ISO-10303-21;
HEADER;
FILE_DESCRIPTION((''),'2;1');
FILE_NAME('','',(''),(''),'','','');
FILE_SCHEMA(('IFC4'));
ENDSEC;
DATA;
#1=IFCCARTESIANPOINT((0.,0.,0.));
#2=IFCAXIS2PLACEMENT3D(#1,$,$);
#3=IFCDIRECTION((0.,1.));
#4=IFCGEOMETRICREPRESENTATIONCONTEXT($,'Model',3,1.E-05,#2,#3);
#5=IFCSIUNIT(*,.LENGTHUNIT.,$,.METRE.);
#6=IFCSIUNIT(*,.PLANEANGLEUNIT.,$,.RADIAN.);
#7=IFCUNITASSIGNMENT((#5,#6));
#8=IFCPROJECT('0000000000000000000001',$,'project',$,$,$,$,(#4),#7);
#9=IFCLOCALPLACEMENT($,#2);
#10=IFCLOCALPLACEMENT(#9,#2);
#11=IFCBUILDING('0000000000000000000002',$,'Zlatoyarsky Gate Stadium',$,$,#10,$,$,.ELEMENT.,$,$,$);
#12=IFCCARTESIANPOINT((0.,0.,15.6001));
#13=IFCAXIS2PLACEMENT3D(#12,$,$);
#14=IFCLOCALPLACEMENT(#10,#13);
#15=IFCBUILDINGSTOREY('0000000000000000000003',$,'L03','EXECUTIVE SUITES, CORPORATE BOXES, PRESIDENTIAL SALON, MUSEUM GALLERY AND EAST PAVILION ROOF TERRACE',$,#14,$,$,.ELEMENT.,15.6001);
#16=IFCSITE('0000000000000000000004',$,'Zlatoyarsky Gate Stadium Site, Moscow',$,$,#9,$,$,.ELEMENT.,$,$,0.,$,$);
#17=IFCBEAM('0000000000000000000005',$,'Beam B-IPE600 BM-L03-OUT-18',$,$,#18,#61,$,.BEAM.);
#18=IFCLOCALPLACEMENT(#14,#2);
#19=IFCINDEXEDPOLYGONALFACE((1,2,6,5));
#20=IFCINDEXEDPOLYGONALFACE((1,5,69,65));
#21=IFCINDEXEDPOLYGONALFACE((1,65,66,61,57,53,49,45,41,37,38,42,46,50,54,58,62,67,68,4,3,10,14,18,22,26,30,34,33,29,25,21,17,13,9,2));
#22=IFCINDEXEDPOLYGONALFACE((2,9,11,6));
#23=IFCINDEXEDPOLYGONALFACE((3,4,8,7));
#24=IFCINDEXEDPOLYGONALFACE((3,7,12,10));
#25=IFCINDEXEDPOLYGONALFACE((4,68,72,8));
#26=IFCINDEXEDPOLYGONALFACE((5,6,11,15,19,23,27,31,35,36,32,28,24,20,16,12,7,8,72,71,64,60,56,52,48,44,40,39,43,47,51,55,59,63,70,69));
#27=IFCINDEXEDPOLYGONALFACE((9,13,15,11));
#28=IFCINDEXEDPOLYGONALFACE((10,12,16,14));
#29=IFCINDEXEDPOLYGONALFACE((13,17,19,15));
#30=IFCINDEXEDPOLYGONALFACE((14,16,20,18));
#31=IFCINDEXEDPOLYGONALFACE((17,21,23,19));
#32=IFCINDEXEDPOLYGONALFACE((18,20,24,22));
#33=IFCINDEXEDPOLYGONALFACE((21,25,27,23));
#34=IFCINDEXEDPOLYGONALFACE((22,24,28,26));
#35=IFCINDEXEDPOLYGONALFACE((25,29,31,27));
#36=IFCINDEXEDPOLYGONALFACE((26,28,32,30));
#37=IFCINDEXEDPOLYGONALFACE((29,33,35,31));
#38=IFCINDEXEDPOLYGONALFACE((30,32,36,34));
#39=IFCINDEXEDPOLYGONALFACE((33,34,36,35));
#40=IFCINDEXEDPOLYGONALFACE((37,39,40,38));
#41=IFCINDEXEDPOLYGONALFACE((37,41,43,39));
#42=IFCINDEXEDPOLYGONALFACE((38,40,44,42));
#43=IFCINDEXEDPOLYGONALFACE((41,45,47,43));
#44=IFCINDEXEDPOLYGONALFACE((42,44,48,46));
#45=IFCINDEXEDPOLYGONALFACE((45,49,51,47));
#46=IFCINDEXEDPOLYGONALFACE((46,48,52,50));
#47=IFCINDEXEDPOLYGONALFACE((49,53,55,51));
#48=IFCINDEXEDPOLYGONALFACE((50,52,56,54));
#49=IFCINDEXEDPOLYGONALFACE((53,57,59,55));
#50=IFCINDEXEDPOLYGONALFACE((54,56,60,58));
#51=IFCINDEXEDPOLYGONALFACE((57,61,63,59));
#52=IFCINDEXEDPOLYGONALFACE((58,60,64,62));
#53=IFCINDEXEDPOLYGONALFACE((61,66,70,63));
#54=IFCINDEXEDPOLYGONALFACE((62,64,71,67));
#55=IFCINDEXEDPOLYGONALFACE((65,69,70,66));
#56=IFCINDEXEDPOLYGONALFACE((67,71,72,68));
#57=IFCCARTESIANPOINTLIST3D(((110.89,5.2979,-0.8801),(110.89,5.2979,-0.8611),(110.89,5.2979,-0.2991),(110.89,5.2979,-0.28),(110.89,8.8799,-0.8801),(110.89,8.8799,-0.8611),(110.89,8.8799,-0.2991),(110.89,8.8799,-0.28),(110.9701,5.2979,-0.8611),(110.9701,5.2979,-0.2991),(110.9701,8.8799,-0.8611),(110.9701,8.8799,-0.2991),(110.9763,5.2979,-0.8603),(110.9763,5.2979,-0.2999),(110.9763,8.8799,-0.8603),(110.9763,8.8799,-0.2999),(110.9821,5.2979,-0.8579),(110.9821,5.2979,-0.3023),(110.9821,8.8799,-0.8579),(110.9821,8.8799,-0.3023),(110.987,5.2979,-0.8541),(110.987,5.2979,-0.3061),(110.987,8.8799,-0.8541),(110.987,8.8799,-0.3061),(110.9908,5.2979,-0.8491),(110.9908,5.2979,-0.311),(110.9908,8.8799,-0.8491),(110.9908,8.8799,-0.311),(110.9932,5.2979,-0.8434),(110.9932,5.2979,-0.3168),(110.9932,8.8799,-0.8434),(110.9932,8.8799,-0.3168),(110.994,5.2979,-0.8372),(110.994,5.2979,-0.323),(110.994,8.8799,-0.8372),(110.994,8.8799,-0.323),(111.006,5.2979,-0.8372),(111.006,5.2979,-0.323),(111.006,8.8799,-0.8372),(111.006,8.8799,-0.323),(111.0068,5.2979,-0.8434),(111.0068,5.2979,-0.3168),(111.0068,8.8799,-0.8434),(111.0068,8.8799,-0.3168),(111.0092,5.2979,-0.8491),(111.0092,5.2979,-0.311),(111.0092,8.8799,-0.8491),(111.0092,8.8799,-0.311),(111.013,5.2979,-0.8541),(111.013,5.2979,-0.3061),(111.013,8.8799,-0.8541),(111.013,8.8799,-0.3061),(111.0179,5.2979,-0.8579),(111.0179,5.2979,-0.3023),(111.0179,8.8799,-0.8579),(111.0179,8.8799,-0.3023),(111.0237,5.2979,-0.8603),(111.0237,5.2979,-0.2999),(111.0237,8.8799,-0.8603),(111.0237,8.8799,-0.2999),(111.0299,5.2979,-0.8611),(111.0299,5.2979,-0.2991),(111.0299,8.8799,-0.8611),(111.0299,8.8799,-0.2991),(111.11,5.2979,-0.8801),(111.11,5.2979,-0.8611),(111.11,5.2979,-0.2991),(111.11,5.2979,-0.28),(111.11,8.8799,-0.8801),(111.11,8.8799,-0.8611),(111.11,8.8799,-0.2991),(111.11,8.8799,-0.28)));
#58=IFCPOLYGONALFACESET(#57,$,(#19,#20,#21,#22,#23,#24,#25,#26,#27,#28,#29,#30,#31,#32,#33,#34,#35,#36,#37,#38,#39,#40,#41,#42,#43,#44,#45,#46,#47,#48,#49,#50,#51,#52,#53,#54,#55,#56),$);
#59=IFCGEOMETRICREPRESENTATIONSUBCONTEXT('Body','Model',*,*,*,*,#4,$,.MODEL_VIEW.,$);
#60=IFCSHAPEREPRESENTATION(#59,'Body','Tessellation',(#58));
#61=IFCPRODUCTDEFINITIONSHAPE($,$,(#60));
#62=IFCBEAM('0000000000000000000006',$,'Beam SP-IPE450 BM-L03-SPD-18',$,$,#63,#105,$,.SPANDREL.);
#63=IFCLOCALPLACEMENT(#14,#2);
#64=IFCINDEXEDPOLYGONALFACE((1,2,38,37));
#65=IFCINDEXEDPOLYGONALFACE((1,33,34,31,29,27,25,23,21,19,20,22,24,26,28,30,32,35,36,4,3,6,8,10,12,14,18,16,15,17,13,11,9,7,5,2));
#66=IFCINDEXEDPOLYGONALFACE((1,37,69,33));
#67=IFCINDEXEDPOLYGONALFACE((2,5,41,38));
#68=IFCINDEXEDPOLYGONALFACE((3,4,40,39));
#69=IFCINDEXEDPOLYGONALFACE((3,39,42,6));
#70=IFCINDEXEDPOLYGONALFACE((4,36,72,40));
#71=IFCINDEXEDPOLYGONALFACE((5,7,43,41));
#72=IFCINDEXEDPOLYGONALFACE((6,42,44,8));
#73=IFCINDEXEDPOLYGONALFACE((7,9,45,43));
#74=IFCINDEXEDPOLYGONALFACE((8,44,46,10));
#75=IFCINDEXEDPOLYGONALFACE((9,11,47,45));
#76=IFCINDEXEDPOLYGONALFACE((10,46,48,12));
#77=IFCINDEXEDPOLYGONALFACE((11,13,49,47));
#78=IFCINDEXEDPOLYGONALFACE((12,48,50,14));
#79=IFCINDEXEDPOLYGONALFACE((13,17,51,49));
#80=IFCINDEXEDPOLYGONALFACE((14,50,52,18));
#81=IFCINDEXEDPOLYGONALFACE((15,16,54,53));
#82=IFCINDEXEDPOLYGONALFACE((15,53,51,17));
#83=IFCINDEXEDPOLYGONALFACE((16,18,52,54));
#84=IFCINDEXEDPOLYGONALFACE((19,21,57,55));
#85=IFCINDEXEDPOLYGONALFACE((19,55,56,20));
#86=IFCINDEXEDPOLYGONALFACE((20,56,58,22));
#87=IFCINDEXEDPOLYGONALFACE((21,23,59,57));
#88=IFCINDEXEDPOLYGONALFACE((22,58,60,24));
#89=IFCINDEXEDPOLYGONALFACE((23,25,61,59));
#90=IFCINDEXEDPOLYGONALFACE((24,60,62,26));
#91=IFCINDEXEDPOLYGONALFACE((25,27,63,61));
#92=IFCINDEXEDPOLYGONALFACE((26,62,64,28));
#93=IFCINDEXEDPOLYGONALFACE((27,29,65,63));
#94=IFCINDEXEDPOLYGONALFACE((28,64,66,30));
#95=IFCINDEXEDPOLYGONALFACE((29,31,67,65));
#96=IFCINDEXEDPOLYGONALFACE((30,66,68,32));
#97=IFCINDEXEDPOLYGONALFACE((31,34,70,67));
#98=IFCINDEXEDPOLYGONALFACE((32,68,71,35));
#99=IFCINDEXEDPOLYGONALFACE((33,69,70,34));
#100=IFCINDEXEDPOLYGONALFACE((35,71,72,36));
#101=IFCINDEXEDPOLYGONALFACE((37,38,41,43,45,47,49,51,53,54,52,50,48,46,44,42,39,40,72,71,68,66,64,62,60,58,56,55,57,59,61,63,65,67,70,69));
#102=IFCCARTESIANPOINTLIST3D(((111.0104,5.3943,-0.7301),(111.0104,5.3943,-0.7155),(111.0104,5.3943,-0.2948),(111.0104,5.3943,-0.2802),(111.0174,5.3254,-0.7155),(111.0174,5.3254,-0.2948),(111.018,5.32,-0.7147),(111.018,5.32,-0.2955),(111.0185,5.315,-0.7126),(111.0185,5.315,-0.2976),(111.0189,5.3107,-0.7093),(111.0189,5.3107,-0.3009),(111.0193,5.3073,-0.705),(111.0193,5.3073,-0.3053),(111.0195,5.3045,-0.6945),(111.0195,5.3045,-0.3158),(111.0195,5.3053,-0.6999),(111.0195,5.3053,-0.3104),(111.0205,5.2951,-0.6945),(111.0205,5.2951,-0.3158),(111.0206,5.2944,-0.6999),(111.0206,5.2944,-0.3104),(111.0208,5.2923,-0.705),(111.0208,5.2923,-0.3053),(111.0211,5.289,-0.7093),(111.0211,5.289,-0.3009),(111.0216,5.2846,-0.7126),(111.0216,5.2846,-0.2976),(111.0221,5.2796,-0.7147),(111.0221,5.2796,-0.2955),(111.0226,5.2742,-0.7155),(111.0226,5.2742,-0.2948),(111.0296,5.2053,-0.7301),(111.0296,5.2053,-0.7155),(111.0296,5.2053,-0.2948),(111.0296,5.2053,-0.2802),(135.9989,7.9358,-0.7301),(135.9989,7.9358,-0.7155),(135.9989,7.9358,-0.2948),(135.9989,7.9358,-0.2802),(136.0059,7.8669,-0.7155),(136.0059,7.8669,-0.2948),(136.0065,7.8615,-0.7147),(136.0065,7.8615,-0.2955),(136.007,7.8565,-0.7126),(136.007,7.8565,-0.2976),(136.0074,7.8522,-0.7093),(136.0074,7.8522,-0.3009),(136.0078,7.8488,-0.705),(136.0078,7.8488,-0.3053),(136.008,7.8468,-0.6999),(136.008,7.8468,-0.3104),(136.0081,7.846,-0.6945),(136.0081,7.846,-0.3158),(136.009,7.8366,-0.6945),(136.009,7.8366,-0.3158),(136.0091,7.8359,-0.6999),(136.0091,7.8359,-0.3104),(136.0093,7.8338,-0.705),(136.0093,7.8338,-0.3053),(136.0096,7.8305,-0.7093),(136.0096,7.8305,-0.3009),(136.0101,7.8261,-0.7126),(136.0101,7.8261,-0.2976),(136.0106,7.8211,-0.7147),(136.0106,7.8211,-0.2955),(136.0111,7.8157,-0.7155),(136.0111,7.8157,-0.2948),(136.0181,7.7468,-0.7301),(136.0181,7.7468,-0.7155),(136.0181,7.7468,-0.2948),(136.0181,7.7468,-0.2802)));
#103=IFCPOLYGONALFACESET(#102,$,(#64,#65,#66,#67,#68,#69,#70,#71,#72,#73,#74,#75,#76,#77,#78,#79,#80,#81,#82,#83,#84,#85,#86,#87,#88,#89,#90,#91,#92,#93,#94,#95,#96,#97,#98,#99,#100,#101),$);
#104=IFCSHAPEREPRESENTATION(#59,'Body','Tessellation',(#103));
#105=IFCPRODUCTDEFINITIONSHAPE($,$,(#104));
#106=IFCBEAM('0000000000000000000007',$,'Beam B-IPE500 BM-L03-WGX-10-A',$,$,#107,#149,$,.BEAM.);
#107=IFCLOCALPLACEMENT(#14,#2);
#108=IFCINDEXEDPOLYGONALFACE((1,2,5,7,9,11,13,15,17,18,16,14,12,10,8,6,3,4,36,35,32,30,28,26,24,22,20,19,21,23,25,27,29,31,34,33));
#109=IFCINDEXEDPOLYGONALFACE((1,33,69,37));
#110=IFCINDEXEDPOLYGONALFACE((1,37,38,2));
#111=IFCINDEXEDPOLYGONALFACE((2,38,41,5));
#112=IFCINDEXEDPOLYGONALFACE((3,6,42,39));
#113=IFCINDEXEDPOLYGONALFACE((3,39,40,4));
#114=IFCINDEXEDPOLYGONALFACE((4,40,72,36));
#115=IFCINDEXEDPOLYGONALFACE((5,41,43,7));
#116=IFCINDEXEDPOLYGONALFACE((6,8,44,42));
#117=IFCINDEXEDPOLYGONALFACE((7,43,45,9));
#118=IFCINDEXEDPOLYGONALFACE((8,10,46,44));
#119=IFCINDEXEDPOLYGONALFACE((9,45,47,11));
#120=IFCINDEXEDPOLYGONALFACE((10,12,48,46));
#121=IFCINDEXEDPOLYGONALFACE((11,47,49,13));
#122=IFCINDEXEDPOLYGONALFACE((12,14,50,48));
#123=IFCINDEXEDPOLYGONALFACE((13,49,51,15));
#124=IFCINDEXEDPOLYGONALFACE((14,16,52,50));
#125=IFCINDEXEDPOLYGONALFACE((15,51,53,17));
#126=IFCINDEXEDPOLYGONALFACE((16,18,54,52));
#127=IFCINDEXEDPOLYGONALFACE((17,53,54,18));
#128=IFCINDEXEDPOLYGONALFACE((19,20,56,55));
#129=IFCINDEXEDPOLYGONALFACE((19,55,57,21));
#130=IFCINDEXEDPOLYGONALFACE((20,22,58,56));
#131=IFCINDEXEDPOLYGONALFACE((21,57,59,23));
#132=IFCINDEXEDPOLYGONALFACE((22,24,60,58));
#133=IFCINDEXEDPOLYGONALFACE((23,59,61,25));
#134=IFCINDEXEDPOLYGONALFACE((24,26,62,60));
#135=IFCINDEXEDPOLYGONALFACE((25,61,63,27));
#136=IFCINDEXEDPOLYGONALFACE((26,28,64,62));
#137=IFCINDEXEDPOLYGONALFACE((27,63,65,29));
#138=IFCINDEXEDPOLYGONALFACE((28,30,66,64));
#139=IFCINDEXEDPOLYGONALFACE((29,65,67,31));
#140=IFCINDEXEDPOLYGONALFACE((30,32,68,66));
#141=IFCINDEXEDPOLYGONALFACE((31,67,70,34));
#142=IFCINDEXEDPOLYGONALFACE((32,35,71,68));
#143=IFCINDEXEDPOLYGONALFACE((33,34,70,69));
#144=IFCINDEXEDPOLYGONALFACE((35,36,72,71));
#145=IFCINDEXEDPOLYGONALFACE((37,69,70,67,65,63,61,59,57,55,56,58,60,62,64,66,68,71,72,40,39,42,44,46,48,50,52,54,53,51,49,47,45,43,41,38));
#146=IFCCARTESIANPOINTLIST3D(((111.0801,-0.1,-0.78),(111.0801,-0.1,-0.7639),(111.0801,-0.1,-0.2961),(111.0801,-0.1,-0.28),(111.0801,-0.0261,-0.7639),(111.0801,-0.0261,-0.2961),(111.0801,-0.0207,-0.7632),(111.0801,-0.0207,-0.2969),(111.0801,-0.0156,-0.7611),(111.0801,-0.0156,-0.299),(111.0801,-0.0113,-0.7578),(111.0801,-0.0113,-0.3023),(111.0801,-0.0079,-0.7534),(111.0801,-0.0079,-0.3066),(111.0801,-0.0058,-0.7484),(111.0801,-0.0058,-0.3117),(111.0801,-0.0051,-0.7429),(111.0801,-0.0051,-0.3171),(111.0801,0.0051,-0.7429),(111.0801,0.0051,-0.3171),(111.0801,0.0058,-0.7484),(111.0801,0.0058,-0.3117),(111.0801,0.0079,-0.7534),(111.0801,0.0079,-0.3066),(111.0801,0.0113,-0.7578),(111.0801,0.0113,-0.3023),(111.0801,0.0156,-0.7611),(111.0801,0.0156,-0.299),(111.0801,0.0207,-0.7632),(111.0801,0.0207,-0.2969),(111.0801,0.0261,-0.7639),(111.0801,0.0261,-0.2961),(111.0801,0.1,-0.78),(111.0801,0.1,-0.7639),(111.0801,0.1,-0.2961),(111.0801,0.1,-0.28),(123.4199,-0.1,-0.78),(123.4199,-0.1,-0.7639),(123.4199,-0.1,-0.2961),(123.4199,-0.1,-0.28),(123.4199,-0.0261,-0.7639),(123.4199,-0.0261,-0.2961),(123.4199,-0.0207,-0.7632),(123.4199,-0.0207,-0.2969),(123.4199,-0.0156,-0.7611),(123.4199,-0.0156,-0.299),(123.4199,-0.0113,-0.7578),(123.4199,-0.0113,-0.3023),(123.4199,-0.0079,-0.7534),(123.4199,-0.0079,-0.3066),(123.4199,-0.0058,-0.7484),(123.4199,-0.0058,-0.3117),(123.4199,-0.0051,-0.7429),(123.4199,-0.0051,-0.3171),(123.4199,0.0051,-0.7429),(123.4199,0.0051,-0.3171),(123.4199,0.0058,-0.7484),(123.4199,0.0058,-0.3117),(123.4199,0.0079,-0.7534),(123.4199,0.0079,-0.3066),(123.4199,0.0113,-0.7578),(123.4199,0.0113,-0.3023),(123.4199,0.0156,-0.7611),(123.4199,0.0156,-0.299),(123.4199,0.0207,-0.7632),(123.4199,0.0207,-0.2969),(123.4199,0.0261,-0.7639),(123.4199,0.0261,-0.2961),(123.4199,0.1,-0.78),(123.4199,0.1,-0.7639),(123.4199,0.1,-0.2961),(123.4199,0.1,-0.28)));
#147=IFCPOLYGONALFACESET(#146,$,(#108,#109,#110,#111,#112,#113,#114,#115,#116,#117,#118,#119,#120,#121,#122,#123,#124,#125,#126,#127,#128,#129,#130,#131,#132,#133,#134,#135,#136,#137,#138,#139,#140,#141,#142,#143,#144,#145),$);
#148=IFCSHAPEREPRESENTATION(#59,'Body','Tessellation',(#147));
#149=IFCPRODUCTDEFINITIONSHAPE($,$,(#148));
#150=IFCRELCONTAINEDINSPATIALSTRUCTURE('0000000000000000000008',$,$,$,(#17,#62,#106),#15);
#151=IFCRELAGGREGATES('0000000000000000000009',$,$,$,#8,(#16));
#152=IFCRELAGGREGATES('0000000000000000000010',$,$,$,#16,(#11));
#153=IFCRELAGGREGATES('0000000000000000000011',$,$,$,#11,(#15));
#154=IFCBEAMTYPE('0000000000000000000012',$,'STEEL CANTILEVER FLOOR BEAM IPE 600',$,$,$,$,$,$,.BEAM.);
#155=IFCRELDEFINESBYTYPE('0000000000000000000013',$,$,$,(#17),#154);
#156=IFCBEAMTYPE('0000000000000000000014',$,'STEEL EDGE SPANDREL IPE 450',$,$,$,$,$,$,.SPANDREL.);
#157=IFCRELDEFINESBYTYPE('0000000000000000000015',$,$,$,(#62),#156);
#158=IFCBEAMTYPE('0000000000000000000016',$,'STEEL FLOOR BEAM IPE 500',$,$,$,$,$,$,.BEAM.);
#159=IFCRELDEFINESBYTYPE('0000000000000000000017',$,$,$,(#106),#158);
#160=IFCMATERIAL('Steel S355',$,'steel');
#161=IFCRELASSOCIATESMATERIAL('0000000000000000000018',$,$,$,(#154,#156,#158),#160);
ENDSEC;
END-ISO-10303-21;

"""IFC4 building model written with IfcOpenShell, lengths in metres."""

from ifc_helpers import new_model, si_unit, direction, frame, origin, origin_2d, place, context, subcontext, project, spatial, i_section, extrude, material, material_profile, profile_set, type_object, element, save


model = new_model("IFC4")

# Units and contexts
model_context = context("Model", 3, precision=1e-05, world=origin(), true_north=direction((0.0, 1.0)))
body_context = subcontext(model_context, "Body", "Model", "MODEL_VIEW")
ifc_project = project(units=[si_unit("LENGTHUNIT", "METRE"), si_unit("PLANEANGLEUNIT", "RADIAN")], contexts=[model_context])

# Site, building, storey
site_placement = place(None, origin())
site = spatial("IfcSite", under=ifc_project, at=site_placement, Name="Zlatoyarsky Gate Stadium Site, Moscow", CompositionType="ELEMENT", RefElevation=0.0)
building_placement = place(site_placement, origin())
building = spatial("IfcBuilding", under=site, at=building_placement, Name="Zlatoyarsky Gate Stadium", CompositionType="ELEMENT")
storey_placement = place(building_placement, frame((0.0, 0.0, 15.6001)))
storey = spatial("IfcBuildingStorey", under=building, at=storey_placement, Name="L03", Description="EXECUTIVE SUITES, CORPORATE BOXES, PRESIDENTIAL SALON, MUSEUM GALLERY AND EAST PAVILION ROOF TERRACE", CompositionType="ELEMENT", Elevation=15.6001)

# Shared definitions
ifc_material_1 = material(Name="Steel S355", Category="steel")

# Beams
ifc_material_profile_1 = material_profile(ifc_material_1, i_section(OverallWidth=0.22, OverallDepth=0.6001, WebThickness=0.012, FlangeThickness=0.019, FilletRadius=0.0239, at=origin_2d()), Name="IPE 600")
ifc_profile_set_1 = profile_set([ifc_material_profile_1], Name="Steel S355")
beam_type_1 = type_object("IfcBeamType", Name="STEEL CANTILEVER FLOOR BEAM IPE 600", PredefinedType="BEAM", material=ifc_profile_set_1)
beam_1_placement = place(storey_placement, frame((111.0, 8.8799, -0.5801), z_axis=(0.0, -1.0, 0.0), x_axis=(1.0, 0.0, 0.0)))
element("IfcBeam", 1, at=beam_1_placement, inside=storey, type_object=beam_type_1, Name="Beam B-IPE600 BM-L03-OUT-18", PredefinedType="BEAM", context=body_context, shape_type="SweptSolid", body=[
    extrude(i_section(OverallWidth=0.22, OverallDepth=0.6001, WebThickness=0.012, FlangeThickness=0.019, FilletRadius=0.0239, at=origin_2d()), origin(), (0.0, 0.0, 1.0), 3.582),
])
ifc_material_profile_2 = material_profile(ifc_material_1, i_section(OverallWidth=0.1899, OverallDepth=0.45, WebThickness=0.0095, FlangeThickness=0.0146, FilletRadius=0.021, at=origin_2d()), Name="IPE 450")
ifc_profile_set_2 = profile_set([ifc_material_profile_2], Name="Steel S355")
beam_type_2 = type_object("IfcBeamType", Name="STEEL EDGE SPANDREL IPE 450", PredefinedType="SPANDREL", material=ifc_profile_set_2)
beam_2_placement = place(storey_placement, frame((111.02, 5.2998, -0.5051), z_axis=(0.994868, 0.101185, 0.0), x_axis=(-0.101185, 0.994868, 0.0)))
element("IfcBeam", 2, at=beam_2_placement, inside=storey, type_object=beam_type_2, Name="Beam SP-IPE450 BM-L03-SPD-18", PredefinedType="SPANDREL", context=body_context, shape_type="SweptSolid", body=[
    extrude(i_section(OverallWidth=0.1899, OverallDepth=0.45, WebThickness=0.0095, FlangeThickness=0.0146, FilletRadius=0.021, at=origin_2d()), origin(), (0.0, 0.0, 1.0), 25.1174),
])
ifc_material_profile_3 = material_profile(ifc_material_1, i_section(OverallWidth=0.2, OverallDepth=0.5, WebThickness=0.0103, FlangeThickness=0.0161, FilletRadius=0.021, at=origin_2d()), Name="IPE 500")
ifc_profile_set_3 = profile_set([ifc_material_profile_3], Name="Steel S355")
beam_type_3 = type_object("IfcBeamType", Name="STEEL FLOOR BEAM IPE 500", PredefinedType="BEAM", material=ifc_profile_set_3)
beam_3_placement = place(storey_placement, frame((111.0801, 0.0, -0.53), z_axis=(1.0, 0.0, 0.0), x_axis=(0.0, 1.0, 0.0)))
element("IfcBeam", 3, at=beam_3_placement, inside=storey, type_object=beam_type_3, Name="Beam B-IPE500 BM-L03-WGX-10-A", PredefinedType="BEAM", context=body_context, shape_type="SweptSolid", body=[
    extrude(i_section(OverallWidth=0.2, OverallDepth=0.5, WebThickness=0.0103, FlangeThickness=0.0161, FilletRadius=0.021, at=origin_2d()), origin(), (0.0, 0.0, 1.0), 12.3398),
])

save(model, "model.ifc")
